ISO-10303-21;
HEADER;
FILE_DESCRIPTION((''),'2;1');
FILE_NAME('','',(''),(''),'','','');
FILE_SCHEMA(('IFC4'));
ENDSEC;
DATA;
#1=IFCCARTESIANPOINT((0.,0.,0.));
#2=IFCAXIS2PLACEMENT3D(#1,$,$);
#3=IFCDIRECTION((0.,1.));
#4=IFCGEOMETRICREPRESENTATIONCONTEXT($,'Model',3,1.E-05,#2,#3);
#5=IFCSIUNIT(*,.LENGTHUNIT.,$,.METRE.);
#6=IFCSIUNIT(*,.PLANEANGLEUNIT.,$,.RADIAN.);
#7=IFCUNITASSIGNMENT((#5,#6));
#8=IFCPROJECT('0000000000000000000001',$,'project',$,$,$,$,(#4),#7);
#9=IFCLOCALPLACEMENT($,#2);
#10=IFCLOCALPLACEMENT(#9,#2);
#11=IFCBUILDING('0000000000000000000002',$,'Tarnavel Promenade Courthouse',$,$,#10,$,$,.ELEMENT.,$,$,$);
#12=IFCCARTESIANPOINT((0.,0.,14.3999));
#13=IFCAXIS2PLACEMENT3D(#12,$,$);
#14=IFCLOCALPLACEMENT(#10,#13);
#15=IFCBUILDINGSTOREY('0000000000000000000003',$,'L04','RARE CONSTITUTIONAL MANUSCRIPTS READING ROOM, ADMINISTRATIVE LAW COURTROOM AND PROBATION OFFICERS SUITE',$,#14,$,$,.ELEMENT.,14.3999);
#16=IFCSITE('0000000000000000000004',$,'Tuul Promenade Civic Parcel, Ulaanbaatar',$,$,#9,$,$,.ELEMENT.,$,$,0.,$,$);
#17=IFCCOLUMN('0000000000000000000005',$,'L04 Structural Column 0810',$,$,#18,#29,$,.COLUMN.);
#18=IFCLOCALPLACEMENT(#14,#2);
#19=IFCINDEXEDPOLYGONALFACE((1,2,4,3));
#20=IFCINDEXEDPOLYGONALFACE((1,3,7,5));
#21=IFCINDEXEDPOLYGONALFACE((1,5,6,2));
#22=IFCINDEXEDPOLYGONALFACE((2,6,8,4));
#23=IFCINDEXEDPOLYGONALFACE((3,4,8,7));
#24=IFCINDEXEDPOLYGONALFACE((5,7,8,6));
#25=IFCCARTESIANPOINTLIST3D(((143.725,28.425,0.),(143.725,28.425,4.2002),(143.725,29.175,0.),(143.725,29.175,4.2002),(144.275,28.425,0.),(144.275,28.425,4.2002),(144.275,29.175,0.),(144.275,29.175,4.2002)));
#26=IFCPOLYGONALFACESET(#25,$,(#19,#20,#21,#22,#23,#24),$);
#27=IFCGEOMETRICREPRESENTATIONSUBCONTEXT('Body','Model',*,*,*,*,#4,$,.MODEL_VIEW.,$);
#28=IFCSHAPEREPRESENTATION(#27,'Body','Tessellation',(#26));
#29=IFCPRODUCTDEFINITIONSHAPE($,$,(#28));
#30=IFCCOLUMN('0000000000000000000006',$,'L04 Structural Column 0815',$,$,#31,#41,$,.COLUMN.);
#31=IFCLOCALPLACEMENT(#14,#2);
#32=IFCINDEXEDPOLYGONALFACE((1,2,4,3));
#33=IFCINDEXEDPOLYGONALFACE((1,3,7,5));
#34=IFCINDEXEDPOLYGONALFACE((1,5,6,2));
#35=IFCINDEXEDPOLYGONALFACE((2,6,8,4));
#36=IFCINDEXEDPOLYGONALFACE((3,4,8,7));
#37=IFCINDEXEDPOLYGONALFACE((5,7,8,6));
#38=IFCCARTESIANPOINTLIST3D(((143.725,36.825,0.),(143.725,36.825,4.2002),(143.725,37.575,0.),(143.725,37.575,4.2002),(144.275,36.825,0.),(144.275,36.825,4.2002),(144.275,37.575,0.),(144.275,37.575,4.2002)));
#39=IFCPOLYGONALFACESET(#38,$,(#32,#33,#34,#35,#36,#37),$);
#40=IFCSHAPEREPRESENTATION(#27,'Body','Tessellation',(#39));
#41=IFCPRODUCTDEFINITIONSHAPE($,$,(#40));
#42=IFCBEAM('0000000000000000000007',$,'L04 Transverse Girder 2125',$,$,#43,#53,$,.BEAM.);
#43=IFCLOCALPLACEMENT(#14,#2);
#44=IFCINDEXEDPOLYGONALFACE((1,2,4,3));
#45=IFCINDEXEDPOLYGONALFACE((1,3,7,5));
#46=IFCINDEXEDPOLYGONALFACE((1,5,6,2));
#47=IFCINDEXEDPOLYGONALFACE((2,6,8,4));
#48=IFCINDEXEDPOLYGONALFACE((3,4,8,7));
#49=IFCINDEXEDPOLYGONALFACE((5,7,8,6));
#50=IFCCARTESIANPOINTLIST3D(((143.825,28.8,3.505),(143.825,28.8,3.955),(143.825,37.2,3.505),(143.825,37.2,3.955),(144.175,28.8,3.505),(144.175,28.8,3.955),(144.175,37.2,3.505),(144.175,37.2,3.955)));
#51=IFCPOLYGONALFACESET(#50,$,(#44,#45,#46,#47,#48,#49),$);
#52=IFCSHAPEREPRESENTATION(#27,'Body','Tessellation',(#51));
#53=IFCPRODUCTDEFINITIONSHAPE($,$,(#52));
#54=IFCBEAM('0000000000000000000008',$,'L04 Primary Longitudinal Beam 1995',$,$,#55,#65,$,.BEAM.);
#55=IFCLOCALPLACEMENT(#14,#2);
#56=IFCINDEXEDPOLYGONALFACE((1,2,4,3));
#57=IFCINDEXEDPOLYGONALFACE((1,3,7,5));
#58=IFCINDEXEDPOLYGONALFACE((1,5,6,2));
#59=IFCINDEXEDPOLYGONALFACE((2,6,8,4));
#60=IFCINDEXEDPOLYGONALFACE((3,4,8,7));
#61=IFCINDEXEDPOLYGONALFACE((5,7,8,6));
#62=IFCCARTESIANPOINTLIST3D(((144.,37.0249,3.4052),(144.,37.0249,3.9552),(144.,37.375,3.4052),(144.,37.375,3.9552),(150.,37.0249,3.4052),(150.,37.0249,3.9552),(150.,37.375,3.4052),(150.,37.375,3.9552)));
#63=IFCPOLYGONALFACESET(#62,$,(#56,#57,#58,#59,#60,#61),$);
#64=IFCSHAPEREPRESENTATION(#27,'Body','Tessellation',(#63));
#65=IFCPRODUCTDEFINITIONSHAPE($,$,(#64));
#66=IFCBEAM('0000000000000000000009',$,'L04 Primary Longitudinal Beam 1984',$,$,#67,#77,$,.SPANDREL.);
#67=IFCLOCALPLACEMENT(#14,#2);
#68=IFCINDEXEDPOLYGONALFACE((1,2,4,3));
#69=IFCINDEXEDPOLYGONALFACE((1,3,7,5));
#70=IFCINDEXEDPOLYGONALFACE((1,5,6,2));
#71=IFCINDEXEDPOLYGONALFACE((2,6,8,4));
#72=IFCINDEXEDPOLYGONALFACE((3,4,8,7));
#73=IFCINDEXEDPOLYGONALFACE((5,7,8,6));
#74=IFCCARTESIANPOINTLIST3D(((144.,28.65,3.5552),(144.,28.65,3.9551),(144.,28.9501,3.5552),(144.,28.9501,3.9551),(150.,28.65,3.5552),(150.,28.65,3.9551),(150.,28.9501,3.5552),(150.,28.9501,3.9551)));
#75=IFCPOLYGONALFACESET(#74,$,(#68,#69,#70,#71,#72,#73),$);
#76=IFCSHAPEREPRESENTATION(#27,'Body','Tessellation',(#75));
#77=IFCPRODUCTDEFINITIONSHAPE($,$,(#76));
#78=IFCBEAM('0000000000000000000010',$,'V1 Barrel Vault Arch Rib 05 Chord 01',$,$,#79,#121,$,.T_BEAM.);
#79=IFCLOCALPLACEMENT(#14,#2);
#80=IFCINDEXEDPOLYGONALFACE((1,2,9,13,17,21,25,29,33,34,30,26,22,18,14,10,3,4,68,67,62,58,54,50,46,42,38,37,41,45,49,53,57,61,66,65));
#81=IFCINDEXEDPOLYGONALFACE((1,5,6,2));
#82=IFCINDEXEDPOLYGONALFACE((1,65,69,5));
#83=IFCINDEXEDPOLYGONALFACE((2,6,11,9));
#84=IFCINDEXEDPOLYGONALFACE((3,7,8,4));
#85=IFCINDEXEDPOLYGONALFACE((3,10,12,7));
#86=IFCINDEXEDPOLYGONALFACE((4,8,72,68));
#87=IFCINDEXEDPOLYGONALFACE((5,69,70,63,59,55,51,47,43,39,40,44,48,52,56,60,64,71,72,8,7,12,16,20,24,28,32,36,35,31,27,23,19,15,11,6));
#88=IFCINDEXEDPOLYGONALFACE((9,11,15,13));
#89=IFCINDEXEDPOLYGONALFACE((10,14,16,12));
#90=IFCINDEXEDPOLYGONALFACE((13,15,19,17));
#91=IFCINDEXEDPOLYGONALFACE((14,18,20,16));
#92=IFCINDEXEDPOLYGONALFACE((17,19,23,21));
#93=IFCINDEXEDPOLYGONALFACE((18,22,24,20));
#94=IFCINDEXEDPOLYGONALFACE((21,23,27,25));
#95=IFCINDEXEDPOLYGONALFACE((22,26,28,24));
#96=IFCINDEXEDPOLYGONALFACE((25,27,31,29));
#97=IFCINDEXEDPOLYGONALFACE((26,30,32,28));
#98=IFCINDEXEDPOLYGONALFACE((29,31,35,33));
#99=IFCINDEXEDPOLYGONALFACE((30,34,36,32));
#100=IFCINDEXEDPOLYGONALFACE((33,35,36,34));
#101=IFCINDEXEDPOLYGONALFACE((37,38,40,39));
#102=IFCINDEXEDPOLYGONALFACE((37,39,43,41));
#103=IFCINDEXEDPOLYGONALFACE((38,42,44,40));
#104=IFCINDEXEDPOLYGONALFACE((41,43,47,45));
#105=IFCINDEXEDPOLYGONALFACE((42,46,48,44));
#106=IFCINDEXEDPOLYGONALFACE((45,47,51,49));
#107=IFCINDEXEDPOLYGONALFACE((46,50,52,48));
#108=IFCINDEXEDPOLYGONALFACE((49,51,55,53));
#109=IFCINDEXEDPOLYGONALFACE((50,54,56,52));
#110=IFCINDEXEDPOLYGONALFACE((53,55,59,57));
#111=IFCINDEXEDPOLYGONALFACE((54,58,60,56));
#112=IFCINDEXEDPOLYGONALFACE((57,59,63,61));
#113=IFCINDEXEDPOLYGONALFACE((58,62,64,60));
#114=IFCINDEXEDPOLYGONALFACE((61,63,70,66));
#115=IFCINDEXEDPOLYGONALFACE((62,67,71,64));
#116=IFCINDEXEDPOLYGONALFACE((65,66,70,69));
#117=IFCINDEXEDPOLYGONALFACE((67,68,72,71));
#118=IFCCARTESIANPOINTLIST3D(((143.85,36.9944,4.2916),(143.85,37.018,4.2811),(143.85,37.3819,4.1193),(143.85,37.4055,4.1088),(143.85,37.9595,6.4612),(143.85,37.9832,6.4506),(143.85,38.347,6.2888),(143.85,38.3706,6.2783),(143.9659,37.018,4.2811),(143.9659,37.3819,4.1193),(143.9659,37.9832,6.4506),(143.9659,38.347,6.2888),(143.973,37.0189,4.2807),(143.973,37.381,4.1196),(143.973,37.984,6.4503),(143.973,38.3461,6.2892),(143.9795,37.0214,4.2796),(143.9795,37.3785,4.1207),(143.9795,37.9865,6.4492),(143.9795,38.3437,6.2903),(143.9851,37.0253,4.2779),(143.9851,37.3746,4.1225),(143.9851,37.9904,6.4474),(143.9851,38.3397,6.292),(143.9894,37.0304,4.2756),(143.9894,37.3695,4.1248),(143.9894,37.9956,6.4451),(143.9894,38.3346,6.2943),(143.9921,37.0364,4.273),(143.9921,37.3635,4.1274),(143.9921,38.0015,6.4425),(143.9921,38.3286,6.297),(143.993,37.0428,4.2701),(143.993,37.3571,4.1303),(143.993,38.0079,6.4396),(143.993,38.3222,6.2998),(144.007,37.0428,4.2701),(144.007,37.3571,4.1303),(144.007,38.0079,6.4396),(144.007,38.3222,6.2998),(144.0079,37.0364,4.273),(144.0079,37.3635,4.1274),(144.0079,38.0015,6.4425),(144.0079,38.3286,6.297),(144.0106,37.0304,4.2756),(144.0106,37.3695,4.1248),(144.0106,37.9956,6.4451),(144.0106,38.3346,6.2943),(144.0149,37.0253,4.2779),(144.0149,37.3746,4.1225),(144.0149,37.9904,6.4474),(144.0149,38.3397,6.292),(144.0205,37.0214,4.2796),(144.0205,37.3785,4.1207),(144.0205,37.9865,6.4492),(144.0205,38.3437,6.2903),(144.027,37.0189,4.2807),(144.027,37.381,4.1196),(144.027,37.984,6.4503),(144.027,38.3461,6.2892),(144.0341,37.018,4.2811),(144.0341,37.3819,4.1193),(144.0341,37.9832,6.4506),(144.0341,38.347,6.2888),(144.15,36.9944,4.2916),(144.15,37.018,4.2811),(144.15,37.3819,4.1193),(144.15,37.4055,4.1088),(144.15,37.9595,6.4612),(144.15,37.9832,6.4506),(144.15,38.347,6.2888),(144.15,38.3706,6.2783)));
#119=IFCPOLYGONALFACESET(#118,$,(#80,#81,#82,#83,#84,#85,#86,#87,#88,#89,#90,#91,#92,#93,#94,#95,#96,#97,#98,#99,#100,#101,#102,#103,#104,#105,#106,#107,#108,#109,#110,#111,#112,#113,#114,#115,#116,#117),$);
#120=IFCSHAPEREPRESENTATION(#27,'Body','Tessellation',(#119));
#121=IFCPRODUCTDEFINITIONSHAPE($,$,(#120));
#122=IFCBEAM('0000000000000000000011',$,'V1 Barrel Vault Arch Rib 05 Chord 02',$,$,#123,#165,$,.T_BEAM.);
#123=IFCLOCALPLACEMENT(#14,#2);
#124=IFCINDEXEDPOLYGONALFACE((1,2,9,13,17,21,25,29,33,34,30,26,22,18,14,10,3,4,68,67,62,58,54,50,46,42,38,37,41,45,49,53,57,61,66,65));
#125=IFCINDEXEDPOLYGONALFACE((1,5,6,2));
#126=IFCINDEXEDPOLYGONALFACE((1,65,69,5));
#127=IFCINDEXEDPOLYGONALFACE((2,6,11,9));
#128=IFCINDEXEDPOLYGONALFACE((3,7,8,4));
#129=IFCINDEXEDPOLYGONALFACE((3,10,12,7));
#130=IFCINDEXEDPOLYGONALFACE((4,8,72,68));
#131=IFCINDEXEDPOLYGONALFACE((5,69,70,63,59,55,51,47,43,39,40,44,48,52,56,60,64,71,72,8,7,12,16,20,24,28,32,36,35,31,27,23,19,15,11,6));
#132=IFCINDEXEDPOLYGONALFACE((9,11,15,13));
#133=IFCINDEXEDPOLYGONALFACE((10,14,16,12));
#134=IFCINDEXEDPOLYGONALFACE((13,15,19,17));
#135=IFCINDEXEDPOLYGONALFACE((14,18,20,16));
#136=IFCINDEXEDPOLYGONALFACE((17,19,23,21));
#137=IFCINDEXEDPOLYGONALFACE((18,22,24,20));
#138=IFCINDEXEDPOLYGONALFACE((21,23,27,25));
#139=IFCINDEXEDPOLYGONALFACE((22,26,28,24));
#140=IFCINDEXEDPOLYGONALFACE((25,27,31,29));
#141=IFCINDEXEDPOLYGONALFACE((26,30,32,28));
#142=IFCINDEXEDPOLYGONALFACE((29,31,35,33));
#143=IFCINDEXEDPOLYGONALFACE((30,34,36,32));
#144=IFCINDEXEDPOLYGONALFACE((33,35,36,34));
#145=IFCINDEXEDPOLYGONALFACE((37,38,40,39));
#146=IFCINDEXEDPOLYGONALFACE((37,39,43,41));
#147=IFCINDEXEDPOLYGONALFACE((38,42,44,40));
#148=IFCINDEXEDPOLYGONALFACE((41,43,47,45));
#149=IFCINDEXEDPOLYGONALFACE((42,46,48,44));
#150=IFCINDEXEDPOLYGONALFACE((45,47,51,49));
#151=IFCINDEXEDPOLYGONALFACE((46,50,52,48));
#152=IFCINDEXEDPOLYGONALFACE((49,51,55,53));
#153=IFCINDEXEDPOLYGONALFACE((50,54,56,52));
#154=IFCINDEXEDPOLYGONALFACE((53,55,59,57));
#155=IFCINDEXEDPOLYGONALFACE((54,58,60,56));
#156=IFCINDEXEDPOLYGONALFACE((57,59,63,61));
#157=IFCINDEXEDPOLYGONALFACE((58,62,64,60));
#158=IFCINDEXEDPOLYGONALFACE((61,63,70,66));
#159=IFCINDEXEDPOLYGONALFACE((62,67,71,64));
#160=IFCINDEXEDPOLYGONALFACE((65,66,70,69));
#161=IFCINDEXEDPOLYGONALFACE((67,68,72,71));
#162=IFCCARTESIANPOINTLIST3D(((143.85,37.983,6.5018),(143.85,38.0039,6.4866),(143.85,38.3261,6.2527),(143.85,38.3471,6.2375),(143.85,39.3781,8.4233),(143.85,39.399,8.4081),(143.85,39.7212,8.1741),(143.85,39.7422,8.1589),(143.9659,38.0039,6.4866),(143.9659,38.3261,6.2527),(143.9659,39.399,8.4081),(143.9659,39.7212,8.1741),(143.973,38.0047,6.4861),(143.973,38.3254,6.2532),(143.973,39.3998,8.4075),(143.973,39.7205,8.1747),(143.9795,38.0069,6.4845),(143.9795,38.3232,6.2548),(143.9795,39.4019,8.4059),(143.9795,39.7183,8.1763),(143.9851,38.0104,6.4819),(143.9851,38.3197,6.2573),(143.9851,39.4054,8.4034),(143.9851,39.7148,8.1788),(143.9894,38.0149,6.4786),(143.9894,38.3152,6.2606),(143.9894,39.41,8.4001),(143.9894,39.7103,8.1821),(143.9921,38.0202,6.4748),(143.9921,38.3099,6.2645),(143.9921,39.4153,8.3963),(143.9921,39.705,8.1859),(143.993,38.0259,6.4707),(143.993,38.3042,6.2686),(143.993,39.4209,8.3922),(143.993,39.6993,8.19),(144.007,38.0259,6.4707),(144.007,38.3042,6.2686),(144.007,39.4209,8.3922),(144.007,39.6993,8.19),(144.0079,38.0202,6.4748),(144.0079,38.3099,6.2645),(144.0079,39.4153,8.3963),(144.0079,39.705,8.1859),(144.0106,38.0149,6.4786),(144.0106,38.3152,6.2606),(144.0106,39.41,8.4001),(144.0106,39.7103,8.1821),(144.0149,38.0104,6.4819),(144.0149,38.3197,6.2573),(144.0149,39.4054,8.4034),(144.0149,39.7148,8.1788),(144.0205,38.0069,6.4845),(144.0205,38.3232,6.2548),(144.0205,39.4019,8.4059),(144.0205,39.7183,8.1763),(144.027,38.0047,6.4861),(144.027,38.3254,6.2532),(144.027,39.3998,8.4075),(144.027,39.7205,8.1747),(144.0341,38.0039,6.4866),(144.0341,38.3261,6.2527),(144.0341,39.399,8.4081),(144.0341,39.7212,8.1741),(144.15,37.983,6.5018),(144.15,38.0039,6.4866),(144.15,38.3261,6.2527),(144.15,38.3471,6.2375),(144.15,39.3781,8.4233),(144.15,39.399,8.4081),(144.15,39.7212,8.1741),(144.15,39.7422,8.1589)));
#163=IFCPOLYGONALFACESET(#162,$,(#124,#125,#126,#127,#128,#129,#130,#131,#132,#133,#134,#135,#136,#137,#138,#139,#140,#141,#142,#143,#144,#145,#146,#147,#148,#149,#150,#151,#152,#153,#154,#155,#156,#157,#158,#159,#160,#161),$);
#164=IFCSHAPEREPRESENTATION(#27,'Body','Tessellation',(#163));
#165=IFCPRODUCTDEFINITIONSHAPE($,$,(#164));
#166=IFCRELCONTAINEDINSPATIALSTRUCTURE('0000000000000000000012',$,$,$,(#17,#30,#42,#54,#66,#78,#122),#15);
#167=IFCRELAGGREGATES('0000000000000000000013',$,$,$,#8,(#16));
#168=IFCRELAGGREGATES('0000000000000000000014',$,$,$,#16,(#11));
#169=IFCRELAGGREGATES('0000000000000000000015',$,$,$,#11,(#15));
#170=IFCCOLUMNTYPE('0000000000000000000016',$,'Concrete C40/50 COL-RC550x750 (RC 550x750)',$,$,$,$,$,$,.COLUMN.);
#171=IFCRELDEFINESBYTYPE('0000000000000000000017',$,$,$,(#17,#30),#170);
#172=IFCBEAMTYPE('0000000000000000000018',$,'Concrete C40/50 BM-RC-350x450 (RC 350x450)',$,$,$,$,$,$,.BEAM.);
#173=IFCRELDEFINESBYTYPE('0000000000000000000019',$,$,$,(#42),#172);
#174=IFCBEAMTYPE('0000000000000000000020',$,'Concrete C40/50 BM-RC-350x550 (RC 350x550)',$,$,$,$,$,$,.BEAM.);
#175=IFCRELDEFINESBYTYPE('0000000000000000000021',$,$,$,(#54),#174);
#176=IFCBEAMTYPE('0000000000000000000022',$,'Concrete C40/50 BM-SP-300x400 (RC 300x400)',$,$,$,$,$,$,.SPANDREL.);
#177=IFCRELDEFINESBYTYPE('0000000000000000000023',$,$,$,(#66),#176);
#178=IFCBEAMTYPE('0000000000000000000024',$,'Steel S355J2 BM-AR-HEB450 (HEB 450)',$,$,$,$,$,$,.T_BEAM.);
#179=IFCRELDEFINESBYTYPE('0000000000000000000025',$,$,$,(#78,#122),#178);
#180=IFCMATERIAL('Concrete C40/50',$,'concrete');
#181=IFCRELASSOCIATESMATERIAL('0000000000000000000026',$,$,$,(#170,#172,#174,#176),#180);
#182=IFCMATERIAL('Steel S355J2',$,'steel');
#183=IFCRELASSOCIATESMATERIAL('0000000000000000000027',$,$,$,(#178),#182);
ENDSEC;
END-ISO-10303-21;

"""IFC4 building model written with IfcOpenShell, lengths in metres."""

from ifc_helpers import new_model, si_unit, direction, frame, origin, origin_2d, place, context, subcontext, project, spatial, rectangle, i_section, extrude, material, material_profile, profile_set, type_object, element, save


model = new_model("IFC4")

# Units and contexts
model_context = context("Model", 3, precision=1e-05, world=origin(), true_north=direction((0.0, 1.0)))
body_context = subcontext(model_context, "Body", "Model", "MODEL_VIEW")
ifc_project = project(units=[si_unit("LENGTHUNIT", "METRE"), si_unit("PLANEANGLEUNIT", "RADIAN")], contexts=[model_context])

# Site, building, storey
site_placement = place(None, origin())
site = spatial("IfcSite", under=ifc_project, at=site_placement, Name="Tuul Promenade Civic Parcel, Ulaanbaatar", CompositionType="ELEMENT", RefElevation=0.0)
building_placement = place(site_placement, origin())
building = spatial("IfcBuilding", under=site, at=building_placement, Name="Tarnavel Promenade Courthouse", CompositionType="ELEMENT")
storey_placement = place(building_placement, frame((0.0, 0.0, 14.3999)))
storey = spatial("IfcBuildingStorey", under=building, at=storey_placement, Name="L04", Description="RARE CONSTITUTIONAL MANUSCRIPTS READING ROOM, ADMINISTRATIVE LAW COURTROOM AND PROBATION OFFICERS SUITE", CompositionType="ELEMENT", Elevation=14.3999)

# Columns
ifc_material_1 = material(Name="Concrete C40/50", Category="concrete")
ifc_material_profile_1 = material_profile(ifc_material_1, rectangle(XDim=0.55, YDim=0.75, at=origin_2d()), Name="RC 550x750")
ifc_profile_set_1 = profile_set([ifc_material_profile_1], Name="Concrete C40/50")
column_type = type_object("IfcColumnType", Name="Concrete C40/50 COL-RC550x750 (RC 550x750)", PredefinedType="COLUMN", material=ifc_profile_set_1)
for number, where, z_axis, x_axis, name in (
    (1, (144.0, 28.8, 0.0), (0.0, 0.0, 1.0), (1.0, 0.0, 0.0), "L04 Structural Column 0810"),
    (2, (144.0, 37.2, 0.0), (0.0, 0.0, 1.0), (1.0, 0.0, 0.0), "L04 Structural Column 0815"),
):
    element("IfcColumn", number, at=place(storey_placement, frame(where, z_axis=z_axis, x_axis=x_axis)), inside=storey, type_object=column_type, Name=name, PredefinedType="COLUMN", context=body_context, shape_type="SweptSolid", body=[
        extrude(rectangle(XDim=0.55, YDim=0.75, at=origin_2d()), origin(), (0.0, 0.0, 1.0), 4.2002),
    ])

# Beams
ifc_material_profile_2 = material_profile(ifc_material_1, rectangle(XDim=0.3501, YDim=0.45, at=origin_2d()), Name="RC 350x450")
ifc_profile_set_2 = profile_set([ifc_material_profile_2], Name="Concrete C40/50")
beam_type_1 = type_object("IfcBeamType", Name="Concrete C40/50 BM-RC-350x450 (RC 350x450)", PredefinedType="BEAM", material=ifc_profile_set_2)
beam_1_placement = place(storey_placement, frame((144.0, 28.8, 3.73), z_axis=(0.0, 1.0, 0.0), x_axis=(-1.0, 0.0, 0.0)))
element("IfcBeam", 3, at=beam_1_placement, inside=storey, type_object=beam_type_1, Name="L04 Transverse Girder 2125", PredefinedType="BEAM", context=body_context, shape_type="SweptSolid", body=[
    extrude(rectangle(XDim=0.3501, YDim=0.45, at=origin_2d()), origin(), (0.0, 0.0, 1.0), 8.3999),
])
ifc_material_profile_3 = material_profile(ifc_material_1, rectangle(XDim=0.3501, YDim=0.55, at=origin_2d()), Name="RC 350x550")
ifc_profile_set_3 = profile_set([ifc_material_profile_3], Name="Concrete C40/50")
beam_type_2 = type_object("IfcBeamType", Name="Concrete C40/50 BM-RC-350x550 (RC 350x550)", PredefinedType="BEAM", material=ifc_profile_set_3)
beam_2_placement = place(storey_placement, frame((144.0, 37.2, 3.6802), z_axis=(1.0, 0.0, 0.0), x_axis=(0.0, 1.0, 0.0)))
element("IfcBeam", 4, at=beam_2_placement, inside=storey, type_object=beam_type_2, Name="L04 Primary Longitudinal Beam 1995", PredefinedType="BEAM", context=body_context, shape_type="SweptSolid", body=[
    extrude(rectangle(XDim=0.3501, YDim=0.55, at=origin_2d()), origin(), (0.0, 0.0, 1.0), 6.0),
])
ifc_material_profile_4 = material_profile(ifc_material_1, rectangle(XDim=0.3, YDim=0.3999, at=origin_2d()), Name="RC 300x400")
ifc_profile_set_4 = profile_set([ifc_material_profile_4], Name="Concrete C40/50")
beam_type_3 = type_object("IfcBeamType", Name="Concrete C40/50 BM-SP-300x400 (RC 300x400)", PredefinedType="SPANDREL", material=ifc_profile_set_4)
beam_3_placement = place(storey_placement, frame((144.0, 28.8, 3.7551), z_axis=(1.0, 0.0, 0.0), x_axis=(0.0, 1.0, 0.0)))
element("IfcBeam", 5, at=beam_3_placement, inside=storey, type_object=beam_type_3, Name="L04 Primary Longitudinal Beam 1984", PredefinedType="SPANDREL", context=body_context, shape_type="SweptSolid", body=[
    extrude(rectangle(XDim=0.3, YDim=0.3999, at=origin_2d()), origin(), (0.0, 0.0, 1.0), 6.0),
])
ifc_material_2 = material(Name="Steel S355J2", Category="steel")
ifc_material_profile_5 = material_profile(ifc_material_2, i_section(OverallWidth=0.3, OverallDepth=0.45, WebThickness=0.0139, FlangeThickness=0.0259, FilletRadius=0.0271, at=origin_2d()), Name="HEB 450")
ifc_profile_set_5 = profile_set([ifc_material_profile_5], Name="Steel S355J2")
beam_type_4 = type_object("IfcBeamType", Name="Steel S355J2 BM-AR-HEB450 (HEB 450)", PredefinedType="T_BEAM", material=ifc_profile_set_5)
for number, where, z_axis, x_axis, name in (
    (6, (144.0, 37.2, 4.2002), (0.0, 0.406453, 0.913672), (-1.0, 0.0, 0.0), "V1 Barrel Vault Arch Rib 05 Chord 01"),
    (7, (144.0, 38.165, 6.3696), (0.0, 0.587523, 0.809207), (-1.0, 0.0, 0.0), "V1 Barrel Vault Arch Rib 05 Chord 02"),
):
    element("IfcBeam", number, at=place(storey_placement, frame(where, z_axis=z_axis, x_axis=x_axis)), inside=storey, type_object=beam_type_4, Name=name, PredefinedType="T_BEAM", context=body_context, shape_type="SweptSolid", body=[
        extrude(i_section(OverallWidth=0.3, OverallDepth=0.45, WebThickness=0.0139, FlangeThickness=0.0259, FilletRadius=0.0271, at=origin_2d()), origin(), (0.0, 0.0, 1.0), 2.3745),
    ])

save(model, "model.ifc")
